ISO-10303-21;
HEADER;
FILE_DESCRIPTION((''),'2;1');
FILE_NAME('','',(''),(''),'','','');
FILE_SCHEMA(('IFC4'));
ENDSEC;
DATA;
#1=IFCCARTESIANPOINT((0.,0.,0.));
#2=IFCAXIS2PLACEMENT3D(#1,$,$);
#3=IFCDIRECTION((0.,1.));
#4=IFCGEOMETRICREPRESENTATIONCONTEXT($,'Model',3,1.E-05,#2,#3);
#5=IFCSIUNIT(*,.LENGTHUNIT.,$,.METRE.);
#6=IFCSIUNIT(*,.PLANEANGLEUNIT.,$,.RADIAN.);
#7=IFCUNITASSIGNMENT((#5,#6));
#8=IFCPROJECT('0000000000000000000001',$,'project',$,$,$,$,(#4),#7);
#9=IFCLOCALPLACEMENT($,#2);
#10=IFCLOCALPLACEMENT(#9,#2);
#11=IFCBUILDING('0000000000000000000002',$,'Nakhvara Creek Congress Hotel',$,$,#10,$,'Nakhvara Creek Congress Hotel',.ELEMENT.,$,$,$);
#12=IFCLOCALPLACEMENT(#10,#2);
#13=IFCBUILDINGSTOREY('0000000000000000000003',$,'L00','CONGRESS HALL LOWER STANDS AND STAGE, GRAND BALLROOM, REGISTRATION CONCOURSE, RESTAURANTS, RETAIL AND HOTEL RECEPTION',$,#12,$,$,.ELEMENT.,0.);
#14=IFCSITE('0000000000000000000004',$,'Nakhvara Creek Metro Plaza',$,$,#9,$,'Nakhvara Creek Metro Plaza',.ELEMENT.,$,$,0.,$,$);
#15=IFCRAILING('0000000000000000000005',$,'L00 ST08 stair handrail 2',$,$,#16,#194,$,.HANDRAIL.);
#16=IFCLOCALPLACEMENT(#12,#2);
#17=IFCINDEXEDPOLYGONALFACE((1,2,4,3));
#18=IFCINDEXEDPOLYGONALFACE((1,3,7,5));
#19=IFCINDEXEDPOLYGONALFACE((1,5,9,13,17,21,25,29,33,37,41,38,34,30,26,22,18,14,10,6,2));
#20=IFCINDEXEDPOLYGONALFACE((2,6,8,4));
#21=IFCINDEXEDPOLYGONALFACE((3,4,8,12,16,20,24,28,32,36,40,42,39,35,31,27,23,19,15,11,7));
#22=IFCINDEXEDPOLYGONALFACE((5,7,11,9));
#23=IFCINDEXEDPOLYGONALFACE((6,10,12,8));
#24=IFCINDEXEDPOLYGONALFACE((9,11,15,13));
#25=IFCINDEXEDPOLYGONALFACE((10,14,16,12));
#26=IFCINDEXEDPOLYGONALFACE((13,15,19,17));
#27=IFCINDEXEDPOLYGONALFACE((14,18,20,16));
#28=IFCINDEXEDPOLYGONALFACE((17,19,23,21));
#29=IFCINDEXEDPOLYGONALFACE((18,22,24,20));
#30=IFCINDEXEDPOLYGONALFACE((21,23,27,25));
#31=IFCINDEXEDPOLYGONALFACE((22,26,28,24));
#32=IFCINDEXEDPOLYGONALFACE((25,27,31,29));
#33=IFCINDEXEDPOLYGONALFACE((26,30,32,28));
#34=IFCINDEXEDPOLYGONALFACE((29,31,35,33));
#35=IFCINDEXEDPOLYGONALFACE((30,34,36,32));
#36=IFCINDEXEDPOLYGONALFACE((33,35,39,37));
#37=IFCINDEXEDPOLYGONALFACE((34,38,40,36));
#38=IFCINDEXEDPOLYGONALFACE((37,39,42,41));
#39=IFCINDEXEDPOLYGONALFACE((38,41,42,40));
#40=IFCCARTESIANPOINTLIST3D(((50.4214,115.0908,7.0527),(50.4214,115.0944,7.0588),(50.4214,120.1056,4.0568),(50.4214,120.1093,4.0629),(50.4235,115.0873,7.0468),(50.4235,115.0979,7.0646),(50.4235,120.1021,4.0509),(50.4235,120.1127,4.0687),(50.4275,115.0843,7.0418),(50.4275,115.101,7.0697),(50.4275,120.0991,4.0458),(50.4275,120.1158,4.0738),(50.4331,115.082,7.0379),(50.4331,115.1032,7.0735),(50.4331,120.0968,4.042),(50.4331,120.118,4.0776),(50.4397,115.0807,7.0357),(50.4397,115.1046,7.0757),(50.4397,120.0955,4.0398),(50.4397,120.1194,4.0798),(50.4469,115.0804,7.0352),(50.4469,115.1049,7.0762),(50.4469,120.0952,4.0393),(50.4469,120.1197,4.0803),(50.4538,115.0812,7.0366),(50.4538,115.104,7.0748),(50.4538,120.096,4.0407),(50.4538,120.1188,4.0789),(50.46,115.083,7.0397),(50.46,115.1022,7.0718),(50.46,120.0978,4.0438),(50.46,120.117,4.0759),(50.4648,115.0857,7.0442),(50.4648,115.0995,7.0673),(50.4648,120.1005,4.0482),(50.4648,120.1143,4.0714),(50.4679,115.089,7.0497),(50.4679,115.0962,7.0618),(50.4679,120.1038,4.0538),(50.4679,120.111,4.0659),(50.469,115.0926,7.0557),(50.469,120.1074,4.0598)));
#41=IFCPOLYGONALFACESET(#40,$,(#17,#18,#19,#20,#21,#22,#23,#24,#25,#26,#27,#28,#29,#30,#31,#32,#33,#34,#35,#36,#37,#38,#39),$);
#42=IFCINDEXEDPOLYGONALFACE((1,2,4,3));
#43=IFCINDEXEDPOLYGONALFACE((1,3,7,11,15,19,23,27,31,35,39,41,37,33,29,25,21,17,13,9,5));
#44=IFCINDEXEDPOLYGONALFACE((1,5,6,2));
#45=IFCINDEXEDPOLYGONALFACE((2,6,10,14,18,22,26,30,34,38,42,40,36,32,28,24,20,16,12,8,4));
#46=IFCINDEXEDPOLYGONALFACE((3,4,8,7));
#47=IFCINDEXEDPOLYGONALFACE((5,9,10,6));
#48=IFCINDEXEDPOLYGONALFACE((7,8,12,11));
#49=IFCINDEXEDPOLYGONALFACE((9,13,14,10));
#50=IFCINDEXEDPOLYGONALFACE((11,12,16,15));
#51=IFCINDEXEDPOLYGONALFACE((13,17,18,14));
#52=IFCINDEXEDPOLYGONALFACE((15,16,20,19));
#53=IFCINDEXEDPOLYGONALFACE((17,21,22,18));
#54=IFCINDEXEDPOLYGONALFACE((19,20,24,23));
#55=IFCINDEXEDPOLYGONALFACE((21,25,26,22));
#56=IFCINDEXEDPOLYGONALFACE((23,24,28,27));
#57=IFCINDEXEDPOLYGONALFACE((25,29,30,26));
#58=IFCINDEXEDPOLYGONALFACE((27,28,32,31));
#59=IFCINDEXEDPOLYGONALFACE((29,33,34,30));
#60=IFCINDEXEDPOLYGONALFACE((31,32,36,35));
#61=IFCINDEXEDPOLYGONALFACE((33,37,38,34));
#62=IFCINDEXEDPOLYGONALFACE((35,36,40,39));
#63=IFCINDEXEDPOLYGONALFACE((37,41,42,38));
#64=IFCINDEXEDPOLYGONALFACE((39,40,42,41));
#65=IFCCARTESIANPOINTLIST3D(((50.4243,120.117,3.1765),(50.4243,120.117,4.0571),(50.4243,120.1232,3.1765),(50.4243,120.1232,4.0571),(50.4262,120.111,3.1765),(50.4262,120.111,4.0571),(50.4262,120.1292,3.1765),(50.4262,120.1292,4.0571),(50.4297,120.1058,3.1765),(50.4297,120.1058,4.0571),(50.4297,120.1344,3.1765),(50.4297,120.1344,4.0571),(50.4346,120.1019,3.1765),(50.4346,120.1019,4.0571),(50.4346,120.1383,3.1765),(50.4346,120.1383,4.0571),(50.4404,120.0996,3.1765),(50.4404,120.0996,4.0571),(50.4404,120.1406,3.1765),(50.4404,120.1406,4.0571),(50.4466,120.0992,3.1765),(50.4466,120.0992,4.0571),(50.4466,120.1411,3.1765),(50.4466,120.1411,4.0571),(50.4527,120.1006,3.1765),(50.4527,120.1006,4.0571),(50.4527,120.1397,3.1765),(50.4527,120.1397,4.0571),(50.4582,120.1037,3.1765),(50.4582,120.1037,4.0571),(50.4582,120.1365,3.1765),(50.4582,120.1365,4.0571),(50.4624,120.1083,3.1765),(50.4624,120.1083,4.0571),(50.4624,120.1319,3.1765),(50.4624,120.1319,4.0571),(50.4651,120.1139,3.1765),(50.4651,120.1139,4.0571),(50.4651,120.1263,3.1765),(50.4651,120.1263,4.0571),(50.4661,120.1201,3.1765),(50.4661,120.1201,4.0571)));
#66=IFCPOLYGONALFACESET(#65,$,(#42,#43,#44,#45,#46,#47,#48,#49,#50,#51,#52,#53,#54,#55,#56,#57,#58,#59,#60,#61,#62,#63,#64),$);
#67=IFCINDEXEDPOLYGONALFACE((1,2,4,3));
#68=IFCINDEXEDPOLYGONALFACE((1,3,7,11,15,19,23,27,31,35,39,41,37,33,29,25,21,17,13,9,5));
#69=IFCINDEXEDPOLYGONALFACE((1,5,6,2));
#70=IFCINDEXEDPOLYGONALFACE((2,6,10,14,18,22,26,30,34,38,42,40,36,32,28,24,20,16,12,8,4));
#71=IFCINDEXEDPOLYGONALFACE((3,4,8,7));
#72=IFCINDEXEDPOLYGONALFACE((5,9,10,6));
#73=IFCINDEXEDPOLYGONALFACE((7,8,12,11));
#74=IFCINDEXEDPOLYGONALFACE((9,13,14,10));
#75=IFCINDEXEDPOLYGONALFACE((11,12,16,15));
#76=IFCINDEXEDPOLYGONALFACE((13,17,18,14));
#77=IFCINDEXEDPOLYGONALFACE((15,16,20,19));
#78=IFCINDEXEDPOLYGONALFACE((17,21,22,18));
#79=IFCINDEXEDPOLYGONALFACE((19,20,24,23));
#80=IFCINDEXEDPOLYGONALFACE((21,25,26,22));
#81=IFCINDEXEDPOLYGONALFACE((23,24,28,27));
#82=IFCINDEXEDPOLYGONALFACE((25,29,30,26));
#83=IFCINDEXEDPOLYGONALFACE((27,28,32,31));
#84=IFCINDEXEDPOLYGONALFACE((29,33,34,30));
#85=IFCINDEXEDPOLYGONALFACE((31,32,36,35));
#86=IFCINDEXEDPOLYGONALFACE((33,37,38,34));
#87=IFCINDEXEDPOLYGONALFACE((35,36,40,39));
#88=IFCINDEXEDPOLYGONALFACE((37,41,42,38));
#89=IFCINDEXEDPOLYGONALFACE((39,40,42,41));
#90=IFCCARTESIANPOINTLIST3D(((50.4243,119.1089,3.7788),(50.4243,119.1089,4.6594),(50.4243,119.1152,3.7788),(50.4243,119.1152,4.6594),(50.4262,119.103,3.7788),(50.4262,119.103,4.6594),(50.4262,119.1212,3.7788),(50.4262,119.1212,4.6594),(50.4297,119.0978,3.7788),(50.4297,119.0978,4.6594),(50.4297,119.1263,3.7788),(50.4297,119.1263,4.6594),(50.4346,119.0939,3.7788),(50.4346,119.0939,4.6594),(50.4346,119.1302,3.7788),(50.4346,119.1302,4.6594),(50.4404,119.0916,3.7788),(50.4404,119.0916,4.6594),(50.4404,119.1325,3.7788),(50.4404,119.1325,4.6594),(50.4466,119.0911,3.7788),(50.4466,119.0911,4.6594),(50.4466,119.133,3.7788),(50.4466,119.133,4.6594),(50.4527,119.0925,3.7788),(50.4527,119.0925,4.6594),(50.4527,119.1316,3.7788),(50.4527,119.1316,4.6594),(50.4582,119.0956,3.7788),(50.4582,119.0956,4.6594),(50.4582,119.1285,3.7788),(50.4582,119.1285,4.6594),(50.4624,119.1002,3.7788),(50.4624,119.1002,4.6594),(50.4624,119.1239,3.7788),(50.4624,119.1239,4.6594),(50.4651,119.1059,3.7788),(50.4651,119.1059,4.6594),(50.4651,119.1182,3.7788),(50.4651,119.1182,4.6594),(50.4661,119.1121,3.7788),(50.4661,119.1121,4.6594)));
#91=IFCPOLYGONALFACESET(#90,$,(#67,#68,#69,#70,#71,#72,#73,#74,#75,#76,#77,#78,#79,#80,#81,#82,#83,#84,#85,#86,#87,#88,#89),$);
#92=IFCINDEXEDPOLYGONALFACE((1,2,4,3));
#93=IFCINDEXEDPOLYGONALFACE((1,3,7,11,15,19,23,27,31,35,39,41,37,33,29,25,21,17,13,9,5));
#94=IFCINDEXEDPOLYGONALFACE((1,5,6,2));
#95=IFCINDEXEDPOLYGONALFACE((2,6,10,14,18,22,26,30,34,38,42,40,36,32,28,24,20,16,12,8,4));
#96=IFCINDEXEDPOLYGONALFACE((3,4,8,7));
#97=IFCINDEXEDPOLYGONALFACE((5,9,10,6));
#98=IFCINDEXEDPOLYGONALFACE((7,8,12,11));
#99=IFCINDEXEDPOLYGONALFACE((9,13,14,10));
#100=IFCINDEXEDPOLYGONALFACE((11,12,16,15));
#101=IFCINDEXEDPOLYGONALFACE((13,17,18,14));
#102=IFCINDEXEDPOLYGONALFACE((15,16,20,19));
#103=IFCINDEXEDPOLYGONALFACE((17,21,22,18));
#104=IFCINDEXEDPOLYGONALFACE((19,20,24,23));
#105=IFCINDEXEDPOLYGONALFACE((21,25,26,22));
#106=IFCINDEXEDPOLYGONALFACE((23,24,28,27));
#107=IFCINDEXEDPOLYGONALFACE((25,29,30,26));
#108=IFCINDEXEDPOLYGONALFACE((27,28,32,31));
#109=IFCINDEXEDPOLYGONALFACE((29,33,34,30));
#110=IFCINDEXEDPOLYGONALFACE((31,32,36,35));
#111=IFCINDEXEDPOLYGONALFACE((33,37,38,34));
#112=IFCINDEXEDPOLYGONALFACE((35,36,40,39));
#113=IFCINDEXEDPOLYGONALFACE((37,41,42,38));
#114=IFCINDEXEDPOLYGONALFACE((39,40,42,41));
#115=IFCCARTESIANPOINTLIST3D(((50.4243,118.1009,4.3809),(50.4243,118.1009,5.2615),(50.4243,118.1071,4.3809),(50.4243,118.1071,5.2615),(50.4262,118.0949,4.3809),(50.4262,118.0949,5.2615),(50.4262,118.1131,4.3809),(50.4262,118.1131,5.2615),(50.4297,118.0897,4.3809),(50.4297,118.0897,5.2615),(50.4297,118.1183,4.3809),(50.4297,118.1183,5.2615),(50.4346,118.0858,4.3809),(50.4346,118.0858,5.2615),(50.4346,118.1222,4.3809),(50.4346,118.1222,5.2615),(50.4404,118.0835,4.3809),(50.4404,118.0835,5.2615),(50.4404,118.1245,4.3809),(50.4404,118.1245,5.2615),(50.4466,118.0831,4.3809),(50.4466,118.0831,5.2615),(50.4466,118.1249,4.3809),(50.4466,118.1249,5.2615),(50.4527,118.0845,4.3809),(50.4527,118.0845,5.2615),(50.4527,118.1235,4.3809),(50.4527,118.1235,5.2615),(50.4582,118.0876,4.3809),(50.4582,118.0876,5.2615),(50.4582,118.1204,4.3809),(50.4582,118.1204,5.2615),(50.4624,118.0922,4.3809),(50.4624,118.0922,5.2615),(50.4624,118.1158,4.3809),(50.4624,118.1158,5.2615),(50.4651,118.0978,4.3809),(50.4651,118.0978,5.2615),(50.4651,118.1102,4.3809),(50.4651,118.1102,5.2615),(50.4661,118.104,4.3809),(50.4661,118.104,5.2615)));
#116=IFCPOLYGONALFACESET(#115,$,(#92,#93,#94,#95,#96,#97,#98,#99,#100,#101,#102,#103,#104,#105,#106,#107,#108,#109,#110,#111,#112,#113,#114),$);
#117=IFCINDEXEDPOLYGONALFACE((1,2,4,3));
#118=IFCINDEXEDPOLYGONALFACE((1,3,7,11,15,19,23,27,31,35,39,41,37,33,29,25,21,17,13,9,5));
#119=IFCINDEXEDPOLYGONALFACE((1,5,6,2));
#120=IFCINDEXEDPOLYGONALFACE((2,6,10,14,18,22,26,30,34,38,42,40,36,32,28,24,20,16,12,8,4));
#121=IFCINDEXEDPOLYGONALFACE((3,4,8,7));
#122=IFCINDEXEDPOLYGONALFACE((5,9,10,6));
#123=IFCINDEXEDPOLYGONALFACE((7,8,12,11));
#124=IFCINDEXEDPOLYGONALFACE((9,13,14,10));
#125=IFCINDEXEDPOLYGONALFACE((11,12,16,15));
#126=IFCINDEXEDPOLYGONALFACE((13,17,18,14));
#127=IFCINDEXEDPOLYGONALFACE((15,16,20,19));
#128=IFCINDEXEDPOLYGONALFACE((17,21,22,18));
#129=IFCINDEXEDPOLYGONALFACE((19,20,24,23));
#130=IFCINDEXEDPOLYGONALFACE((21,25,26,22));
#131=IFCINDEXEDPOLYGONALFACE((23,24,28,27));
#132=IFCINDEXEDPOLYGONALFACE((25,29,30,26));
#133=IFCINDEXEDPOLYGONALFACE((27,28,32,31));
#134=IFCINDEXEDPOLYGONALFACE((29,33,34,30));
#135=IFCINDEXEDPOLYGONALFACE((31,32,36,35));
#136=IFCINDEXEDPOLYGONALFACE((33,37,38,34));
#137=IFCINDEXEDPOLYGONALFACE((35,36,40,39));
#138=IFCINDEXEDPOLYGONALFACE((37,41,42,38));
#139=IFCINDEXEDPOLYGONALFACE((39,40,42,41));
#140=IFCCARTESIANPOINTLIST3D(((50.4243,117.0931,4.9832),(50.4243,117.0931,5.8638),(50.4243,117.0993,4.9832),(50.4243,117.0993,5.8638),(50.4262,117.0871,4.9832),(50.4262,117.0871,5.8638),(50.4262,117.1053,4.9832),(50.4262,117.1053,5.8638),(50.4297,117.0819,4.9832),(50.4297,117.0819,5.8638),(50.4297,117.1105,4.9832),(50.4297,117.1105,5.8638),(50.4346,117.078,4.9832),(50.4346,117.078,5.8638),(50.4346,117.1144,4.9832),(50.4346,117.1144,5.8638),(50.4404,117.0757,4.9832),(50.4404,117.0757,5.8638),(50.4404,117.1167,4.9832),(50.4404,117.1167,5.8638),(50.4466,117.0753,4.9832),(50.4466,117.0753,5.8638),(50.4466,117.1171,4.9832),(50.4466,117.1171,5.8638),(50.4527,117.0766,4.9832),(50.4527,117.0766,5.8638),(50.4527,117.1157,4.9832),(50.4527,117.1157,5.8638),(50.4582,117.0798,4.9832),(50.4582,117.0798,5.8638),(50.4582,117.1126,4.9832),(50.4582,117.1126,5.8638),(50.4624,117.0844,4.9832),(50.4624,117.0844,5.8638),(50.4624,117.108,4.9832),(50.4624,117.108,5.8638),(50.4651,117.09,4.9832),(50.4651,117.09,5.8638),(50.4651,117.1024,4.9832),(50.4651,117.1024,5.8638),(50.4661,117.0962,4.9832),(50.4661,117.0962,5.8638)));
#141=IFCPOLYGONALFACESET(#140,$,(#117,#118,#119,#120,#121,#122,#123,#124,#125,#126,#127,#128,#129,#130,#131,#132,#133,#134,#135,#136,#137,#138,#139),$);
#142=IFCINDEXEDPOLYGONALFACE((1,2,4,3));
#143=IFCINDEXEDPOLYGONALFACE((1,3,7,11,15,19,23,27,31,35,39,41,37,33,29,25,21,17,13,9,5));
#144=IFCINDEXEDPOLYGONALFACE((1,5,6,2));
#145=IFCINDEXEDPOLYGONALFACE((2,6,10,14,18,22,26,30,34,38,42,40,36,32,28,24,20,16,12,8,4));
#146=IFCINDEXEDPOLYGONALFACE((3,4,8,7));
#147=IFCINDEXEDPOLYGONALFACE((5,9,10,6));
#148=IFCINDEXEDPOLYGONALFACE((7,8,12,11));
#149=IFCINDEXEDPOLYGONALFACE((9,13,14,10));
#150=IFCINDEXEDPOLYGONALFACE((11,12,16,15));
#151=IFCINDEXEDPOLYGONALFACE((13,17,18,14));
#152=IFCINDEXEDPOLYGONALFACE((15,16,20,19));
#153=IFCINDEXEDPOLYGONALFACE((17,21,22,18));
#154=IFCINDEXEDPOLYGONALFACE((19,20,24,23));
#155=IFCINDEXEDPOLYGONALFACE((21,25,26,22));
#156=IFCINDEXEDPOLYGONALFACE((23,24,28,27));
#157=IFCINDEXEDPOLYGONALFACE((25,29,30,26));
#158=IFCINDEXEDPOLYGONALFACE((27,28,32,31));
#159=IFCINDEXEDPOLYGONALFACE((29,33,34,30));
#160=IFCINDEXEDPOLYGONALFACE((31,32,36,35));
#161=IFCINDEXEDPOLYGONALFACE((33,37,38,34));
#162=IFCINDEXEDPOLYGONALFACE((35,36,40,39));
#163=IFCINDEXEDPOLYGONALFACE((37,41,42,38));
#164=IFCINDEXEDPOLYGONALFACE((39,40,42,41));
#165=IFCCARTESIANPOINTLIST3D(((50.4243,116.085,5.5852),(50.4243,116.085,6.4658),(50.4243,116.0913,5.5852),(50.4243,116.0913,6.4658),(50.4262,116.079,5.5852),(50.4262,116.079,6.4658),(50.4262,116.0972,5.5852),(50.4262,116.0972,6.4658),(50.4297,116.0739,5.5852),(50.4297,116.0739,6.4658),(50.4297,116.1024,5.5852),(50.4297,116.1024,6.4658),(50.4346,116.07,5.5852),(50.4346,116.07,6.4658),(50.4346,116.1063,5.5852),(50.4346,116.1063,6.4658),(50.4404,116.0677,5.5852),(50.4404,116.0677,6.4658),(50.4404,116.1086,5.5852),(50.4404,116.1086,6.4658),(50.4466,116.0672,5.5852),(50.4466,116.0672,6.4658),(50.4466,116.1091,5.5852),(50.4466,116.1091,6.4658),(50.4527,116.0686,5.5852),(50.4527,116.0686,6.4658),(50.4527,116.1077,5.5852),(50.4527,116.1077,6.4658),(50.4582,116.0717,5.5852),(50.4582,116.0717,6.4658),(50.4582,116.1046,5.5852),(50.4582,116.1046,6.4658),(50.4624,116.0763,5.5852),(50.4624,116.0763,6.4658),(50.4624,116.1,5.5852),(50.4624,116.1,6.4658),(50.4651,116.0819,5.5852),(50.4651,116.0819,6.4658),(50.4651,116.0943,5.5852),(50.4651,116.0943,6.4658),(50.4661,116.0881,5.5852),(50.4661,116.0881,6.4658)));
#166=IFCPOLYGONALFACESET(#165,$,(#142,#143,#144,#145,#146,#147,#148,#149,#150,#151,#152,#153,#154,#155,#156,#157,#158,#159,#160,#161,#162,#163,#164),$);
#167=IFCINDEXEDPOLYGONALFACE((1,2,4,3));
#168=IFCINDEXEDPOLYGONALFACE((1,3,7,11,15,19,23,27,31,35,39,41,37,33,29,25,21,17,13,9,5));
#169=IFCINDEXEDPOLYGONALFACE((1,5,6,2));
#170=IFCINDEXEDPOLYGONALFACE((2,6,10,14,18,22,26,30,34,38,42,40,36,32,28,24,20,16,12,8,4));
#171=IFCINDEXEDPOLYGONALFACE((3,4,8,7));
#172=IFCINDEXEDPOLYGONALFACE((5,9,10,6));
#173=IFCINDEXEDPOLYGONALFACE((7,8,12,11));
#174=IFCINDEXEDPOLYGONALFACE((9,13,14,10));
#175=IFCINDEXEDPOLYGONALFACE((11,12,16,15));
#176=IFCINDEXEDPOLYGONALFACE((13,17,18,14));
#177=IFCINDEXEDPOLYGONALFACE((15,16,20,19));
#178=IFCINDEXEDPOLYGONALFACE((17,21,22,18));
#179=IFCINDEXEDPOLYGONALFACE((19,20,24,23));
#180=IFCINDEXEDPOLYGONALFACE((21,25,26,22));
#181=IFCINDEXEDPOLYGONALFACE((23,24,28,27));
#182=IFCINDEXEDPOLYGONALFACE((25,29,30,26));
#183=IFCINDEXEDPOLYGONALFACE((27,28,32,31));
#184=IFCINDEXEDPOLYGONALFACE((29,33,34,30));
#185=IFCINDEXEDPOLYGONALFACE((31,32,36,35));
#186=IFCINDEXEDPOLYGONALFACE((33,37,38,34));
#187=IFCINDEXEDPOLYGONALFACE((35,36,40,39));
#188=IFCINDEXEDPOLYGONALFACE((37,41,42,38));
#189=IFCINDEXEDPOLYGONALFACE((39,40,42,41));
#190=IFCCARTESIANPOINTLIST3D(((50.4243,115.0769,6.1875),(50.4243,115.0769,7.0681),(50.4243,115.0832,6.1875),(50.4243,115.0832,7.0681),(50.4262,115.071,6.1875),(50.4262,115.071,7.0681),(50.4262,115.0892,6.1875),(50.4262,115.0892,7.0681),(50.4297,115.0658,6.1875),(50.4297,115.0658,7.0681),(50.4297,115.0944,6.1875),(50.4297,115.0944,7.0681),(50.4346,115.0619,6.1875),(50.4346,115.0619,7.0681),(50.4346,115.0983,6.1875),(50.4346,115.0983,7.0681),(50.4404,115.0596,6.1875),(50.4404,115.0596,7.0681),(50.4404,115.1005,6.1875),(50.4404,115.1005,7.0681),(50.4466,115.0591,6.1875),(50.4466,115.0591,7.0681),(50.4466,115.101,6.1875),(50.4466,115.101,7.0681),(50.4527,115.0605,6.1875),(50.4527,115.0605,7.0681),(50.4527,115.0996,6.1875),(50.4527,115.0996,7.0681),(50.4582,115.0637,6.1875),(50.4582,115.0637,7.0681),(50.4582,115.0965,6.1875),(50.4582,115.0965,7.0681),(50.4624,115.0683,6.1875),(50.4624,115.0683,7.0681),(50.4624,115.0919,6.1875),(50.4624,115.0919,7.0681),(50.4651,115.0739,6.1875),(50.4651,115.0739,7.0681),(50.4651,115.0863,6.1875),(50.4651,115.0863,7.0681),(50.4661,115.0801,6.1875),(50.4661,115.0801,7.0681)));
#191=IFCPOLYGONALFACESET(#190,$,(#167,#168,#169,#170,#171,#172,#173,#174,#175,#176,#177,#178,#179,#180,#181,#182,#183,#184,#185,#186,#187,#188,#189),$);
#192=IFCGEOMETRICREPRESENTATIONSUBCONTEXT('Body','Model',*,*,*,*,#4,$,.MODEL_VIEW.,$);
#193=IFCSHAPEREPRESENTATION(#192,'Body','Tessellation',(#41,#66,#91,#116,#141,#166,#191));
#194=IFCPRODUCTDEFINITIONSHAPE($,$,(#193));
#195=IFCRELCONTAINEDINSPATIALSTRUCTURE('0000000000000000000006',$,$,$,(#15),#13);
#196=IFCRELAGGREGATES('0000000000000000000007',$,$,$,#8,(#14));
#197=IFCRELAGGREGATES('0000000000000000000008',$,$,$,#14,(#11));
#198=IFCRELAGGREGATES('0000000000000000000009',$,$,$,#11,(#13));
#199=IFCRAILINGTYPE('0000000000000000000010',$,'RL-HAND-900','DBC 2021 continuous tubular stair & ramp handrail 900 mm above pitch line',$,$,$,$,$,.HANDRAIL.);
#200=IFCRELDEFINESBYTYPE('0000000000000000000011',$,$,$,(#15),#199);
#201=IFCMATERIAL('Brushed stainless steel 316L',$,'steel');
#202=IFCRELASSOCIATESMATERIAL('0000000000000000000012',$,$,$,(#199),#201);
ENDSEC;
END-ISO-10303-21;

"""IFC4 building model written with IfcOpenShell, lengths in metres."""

from ifc_helpers import new_model, si_unit, direction, frame, origin, origin_2d, place, context, subcontext, project, spatial, circle, extrude, material, type_object, element, save


model = new_model("IFC4")

# Units and contexts
model_context = context("Model", 3, precision=1e-05, world=origin(), true_north=direction((0.0, 1.0)))
body_context = subcontext(model_context, "Body", "Model", "MODEL_VIEW")
ifc_project = project(units=[si_unit("LENGTHUNIT", "METRE"), si_unit("PLANEANGLEUNIT", "RADIAN")], contexts=[model_context])

# Site, building, storey
site_placement = place(None, origin())
site = spatial("IfcSite", under=ifc_project, at=site_placement, Name="Nakhvara Creek Metro Plaza", LongName="Nakhvara Creek Metro Plaza", CompositionType="ELEMENT", RefElevation=0.0)
building_placement = place(site_placement, origin())
building = spatial("IfcBuilding", under=site, at=building_placement, Name="Nakhvara Creek Congress Hotel", LongName="Nakhvara Creek Congress Hotel", CompositionType="ELEMENT")
storey_placement = place(building_placement, origin())
storey = spatial("IfcBuildingStorey", under=building, at=storey_placement, Name="L00", Description="CONGRESS HALL LOWER STANDS AND STAGE, GRAND BALLROOM, REGISTRATION CONCOURSE, RESTAURANTS, RETAIL AND HOTEL RECEPTION", CompositionType="ELEMENT", Elevation=0.0)

# Railing
ifc_material_1 = material(Name="Brushed stainless steel 316L", Category="steel")
railing_type_1 = type_object("IfcRailingType", Name="RL-HAND-900", Description="DBC 2021 continuous tubular stair & ramp handrail 900 mm above pitch line", PredefinedType="HANDRAIL", material=ifc_material_1)
railing_1_placement = place(storey_placement, frame((50.4451, 120.1201, 3.1765)))
element("IfcRailing", 1, at=railing_1_placement, inside=storey, type_object=railing_type_1, Name="L00 ST08 stair handrail 2", PredefinedType="HANDRAIL", context=body_context, shape_type="SweptSolid", body=[
    extrude(circle(Radius=0.0239, at=origin_2d()), frame((0.0, -0.0127, 0.8833), z_axis=(0.0, -0.858471, 0.512862), x_axis=(1.0, 0.0, 0.0)), (0.0, 0.0, 1.0), 5.8416),
    extrude(circle(Radius=0.021, at=origin_2d()), origin(), (0.0, 0.0, 1.0), 0.8806),
    extrude(circle(Radius=0.021, at=origin_2d()), frame((0.0, -1.0081, 0.6023)), (0.0, 0.0, 1.0), 0.8806),
    extrude(circle(Radius=0.021, at=origin_2d()), frame((0.0, -2.0161, 1.2043)), (0.0, 0.0, 1.0), 0.8806),
    extrude(circle(Radius=0.021, at=origin_2d()), frame((0.0, -3.0239, 1.8066)), (0.0, 0.0, 1.0), 0.8806),
    extrude(circle(Radius=0.021, at=origin_2d()), frame((0.0, -4.032, 2.4087)), (0.0, 0.0, 1.0), 0.8806),
    extrude(circle(Radius=0.021, at=origin_2d()), frame((0.0, -5.04, 3.011)), (0.0, 0.0, 1.0), 0.8806),
])

save(model, "model.ifc")
